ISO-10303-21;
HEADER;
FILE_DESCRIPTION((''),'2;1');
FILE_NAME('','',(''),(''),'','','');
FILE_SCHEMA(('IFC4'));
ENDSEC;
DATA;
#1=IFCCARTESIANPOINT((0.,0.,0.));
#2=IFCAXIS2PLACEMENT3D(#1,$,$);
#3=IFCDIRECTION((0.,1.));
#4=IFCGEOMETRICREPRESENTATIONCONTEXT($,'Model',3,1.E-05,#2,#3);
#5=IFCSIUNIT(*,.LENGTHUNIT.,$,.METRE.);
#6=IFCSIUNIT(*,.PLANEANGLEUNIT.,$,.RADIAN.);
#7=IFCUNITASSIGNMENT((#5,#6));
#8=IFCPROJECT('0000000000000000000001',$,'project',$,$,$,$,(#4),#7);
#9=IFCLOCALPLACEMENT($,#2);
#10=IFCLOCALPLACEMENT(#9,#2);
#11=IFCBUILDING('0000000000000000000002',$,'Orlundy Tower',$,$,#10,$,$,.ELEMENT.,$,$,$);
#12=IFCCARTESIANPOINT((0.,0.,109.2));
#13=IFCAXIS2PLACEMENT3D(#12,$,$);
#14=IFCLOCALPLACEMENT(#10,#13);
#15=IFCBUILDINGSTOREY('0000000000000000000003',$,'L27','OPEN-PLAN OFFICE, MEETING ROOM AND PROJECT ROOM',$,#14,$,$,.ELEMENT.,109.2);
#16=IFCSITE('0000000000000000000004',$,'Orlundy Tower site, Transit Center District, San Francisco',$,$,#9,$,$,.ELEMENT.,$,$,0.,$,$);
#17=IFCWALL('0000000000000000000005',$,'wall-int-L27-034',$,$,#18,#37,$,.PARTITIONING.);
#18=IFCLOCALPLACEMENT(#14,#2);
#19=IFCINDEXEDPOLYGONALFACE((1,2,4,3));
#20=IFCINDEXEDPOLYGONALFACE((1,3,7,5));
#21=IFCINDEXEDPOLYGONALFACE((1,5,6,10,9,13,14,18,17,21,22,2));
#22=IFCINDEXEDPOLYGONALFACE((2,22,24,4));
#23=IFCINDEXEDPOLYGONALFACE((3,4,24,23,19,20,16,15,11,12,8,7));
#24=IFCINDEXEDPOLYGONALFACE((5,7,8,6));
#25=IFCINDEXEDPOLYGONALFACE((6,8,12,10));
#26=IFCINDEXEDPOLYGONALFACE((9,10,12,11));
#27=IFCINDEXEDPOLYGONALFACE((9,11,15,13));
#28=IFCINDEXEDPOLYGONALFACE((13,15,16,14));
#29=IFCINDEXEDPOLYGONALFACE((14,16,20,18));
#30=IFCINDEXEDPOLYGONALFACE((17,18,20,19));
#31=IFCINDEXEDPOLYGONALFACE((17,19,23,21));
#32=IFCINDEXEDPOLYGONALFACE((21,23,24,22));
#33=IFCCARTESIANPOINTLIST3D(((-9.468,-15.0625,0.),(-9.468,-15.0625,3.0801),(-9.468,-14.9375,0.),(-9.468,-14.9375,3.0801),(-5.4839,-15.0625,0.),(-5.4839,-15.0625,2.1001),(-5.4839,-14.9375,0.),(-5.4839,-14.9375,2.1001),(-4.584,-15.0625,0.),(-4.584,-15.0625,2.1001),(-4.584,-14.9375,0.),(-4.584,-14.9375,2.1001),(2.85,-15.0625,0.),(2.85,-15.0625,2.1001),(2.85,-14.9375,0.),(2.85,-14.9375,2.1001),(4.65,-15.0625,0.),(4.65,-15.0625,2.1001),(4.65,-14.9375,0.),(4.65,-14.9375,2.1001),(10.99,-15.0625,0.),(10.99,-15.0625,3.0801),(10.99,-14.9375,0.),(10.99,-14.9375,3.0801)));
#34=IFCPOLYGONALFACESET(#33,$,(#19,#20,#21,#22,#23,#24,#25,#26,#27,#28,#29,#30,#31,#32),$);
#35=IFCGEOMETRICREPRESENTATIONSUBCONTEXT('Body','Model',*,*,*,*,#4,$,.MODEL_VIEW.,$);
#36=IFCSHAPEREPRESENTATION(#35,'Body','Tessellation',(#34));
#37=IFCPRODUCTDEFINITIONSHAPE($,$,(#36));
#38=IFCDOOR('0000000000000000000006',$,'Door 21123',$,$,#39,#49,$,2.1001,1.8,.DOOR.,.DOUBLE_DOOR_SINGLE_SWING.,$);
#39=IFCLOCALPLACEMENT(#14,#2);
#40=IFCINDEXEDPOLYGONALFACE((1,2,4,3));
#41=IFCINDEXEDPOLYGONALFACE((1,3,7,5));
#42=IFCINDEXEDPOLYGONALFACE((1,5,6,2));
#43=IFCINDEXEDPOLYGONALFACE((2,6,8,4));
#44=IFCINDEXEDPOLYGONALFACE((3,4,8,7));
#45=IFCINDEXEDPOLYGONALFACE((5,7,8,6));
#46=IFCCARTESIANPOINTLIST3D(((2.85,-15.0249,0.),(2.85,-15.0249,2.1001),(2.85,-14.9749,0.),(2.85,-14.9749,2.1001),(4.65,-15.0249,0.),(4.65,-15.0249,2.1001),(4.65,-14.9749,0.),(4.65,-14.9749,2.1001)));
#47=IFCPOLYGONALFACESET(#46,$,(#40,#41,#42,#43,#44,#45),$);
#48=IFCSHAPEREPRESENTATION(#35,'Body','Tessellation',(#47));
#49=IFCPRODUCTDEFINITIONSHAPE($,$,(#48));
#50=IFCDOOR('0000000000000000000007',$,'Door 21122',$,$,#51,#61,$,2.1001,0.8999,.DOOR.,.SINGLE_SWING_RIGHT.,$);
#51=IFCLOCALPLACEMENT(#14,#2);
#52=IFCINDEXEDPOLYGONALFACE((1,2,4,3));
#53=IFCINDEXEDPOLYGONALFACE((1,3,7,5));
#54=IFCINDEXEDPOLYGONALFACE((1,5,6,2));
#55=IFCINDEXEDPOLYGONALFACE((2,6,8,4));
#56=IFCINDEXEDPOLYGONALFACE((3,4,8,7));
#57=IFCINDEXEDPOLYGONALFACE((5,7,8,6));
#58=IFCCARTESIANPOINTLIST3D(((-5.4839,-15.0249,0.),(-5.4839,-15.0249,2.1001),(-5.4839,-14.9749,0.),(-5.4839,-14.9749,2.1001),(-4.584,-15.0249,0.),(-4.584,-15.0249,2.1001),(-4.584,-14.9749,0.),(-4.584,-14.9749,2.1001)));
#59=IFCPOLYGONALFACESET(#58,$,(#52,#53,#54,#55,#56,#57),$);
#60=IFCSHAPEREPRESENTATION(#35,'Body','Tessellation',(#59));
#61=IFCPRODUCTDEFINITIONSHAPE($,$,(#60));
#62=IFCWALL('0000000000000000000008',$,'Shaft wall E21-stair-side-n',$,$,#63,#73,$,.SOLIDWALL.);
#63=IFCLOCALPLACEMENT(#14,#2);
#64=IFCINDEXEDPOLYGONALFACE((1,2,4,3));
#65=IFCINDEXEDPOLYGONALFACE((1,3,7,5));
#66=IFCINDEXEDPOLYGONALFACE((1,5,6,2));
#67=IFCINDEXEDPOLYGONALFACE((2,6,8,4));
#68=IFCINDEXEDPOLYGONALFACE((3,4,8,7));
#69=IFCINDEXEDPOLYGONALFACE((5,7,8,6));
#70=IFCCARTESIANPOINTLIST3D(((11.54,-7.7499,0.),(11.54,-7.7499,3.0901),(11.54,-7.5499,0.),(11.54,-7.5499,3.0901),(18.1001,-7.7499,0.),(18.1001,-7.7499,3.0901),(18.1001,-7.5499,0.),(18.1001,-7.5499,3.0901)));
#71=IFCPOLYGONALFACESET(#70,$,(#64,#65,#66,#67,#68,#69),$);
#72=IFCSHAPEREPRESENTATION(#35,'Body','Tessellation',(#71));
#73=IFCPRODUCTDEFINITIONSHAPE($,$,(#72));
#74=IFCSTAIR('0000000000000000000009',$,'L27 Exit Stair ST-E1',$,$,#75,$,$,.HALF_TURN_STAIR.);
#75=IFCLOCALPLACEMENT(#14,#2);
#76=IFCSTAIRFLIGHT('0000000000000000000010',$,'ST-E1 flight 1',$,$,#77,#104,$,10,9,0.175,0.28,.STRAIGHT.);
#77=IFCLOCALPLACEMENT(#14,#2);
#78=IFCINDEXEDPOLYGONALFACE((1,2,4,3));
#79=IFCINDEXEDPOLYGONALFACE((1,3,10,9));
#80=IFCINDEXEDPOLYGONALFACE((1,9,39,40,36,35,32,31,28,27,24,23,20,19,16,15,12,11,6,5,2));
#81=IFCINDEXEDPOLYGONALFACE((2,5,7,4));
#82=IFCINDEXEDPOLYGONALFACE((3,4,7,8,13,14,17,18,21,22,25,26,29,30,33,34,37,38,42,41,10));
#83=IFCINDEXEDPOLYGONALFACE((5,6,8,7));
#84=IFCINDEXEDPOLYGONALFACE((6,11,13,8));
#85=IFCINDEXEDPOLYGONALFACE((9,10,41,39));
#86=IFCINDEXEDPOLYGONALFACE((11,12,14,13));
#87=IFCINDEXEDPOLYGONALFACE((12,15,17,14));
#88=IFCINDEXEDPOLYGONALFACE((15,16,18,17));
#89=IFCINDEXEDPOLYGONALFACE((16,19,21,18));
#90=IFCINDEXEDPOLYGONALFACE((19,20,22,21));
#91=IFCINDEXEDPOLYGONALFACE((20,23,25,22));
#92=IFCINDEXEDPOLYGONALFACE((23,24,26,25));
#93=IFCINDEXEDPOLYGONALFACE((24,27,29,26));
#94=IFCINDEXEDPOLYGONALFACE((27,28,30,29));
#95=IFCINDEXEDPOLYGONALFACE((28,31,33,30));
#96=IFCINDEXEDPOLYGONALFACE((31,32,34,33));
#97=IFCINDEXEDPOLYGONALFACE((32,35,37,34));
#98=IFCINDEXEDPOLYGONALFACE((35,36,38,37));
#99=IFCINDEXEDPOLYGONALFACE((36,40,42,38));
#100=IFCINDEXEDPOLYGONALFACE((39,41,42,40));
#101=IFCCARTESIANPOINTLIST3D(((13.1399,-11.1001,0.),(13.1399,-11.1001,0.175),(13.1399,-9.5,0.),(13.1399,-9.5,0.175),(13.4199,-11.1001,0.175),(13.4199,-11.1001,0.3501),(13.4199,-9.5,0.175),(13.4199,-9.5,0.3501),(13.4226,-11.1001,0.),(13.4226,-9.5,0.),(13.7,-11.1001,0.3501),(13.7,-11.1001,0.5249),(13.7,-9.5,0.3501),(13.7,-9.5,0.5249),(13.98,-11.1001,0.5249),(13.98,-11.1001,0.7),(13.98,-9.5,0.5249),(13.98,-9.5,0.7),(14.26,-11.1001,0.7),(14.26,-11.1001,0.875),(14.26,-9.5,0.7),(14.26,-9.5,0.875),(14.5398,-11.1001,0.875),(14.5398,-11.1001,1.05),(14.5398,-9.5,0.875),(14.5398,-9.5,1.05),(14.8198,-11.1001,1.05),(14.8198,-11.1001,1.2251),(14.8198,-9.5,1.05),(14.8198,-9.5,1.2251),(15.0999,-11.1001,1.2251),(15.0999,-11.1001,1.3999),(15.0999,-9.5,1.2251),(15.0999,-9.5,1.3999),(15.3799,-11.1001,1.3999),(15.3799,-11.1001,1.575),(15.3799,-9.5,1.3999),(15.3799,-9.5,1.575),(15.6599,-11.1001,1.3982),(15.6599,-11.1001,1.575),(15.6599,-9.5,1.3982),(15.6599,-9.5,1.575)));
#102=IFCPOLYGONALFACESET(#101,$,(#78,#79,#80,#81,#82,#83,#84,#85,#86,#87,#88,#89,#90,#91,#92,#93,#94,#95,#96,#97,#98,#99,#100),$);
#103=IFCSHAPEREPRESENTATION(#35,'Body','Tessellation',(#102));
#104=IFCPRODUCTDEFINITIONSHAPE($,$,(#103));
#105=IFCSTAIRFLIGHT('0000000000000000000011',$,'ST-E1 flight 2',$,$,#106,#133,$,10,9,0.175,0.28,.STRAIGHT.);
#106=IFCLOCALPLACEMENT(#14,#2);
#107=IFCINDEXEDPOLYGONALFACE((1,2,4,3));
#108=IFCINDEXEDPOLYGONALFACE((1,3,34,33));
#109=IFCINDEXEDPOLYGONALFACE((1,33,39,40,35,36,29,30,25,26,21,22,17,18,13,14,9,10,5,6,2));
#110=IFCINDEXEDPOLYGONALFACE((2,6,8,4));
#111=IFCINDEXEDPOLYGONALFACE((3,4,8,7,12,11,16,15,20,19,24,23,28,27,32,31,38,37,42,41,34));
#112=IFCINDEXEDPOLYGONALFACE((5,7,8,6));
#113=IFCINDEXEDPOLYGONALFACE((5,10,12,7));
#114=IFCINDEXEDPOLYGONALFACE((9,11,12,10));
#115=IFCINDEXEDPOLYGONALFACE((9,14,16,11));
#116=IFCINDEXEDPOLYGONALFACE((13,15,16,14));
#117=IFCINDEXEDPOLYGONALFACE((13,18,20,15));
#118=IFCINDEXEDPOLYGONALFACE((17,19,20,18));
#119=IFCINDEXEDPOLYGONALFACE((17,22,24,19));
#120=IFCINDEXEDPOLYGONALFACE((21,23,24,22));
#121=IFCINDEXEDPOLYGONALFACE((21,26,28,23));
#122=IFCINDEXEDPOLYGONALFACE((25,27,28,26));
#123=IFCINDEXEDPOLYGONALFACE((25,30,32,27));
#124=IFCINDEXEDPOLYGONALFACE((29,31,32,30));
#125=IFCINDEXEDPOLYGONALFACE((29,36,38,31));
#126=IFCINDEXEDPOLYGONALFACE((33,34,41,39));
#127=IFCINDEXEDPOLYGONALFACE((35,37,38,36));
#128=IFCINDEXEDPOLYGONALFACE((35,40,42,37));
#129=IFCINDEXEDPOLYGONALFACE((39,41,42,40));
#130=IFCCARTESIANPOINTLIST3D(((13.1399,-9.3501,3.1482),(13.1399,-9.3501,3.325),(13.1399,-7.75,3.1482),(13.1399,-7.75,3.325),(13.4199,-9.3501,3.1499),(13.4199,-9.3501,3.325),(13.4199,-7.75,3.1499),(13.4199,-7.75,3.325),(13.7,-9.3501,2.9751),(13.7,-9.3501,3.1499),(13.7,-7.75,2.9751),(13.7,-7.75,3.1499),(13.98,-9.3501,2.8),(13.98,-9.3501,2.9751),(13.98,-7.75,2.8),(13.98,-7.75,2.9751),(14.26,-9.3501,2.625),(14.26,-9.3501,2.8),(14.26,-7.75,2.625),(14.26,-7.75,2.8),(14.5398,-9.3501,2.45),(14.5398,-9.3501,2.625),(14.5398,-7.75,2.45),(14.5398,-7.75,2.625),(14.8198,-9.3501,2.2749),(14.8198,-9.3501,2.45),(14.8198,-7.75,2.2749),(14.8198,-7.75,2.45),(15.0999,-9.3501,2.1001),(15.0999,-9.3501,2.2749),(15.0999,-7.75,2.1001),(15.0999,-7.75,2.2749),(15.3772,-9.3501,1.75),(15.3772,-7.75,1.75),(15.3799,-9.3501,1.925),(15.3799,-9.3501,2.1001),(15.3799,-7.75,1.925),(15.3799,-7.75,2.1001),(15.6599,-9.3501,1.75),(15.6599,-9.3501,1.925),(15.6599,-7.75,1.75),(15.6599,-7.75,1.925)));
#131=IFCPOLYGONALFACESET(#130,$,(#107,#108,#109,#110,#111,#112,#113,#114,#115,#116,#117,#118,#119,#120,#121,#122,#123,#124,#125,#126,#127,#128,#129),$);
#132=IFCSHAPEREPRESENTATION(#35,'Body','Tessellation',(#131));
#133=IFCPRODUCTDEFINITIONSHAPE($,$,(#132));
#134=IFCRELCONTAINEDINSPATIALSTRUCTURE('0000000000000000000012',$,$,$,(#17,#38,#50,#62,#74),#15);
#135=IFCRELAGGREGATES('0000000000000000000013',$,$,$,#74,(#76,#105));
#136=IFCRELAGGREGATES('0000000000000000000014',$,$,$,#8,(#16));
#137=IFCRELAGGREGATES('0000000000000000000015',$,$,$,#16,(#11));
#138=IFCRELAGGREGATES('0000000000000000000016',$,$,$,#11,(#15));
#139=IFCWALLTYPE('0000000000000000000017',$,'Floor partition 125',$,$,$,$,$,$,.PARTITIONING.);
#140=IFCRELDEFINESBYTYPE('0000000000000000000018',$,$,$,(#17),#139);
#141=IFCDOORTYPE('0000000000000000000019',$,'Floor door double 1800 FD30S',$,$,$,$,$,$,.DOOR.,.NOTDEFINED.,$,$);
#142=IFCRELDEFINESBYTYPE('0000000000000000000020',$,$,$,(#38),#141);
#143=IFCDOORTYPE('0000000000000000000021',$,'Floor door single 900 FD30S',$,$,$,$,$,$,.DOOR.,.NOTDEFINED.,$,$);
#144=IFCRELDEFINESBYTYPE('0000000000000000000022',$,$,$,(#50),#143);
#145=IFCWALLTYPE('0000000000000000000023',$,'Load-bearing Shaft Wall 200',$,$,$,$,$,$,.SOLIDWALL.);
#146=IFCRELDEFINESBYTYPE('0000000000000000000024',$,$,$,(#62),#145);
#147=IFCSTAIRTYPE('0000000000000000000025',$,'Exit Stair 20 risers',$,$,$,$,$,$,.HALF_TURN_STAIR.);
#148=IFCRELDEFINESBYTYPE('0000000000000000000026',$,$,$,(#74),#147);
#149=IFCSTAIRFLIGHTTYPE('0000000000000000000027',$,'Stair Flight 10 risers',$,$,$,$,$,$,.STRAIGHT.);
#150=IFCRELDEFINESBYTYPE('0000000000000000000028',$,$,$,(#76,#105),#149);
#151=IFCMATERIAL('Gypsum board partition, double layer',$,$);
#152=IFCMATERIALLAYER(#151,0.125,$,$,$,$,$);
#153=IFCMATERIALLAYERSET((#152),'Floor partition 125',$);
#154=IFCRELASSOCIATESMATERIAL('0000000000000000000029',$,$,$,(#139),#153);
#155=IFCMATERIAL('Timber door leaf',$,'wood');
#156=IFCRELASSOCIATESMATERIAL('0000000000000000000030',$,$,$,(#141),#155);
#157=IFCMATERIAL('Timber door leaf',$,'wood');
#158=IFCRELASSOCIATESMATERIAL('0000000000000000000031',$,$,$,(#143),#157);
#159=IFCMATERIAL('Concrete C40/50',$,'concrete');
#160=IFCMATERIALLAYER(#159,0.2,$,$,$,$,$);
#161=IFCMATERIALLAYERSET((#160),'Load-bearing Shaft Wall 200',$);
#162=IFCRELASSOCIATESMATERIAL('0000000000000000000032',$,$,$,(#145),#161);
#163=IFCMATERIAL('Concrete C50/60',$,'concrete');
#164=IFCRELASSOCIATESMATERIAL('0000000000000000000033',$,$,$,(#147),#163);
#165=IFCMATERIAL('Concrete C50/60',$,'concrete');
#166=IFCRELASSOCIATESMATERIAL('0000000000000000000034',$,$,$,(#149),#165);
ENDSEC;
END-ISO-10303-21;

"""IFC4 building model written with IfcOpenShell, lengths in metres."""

from ifc_helpers import new_model, si_unit, direction, frame, frame_2d, origin, place, context, subcontext, project, spatial, polyline, rectangle, outline, extrude, material, layer, layer_set, type_object, element, fill, aggregate, save


model = new_model("IFC4")

# Units and contexts
model_context = context("Model", 3, precision=1e-05, world=origin(), true_north=direction((0.0, 1.0)))
body_context = subcontext(model_context, "Body", "Model", "MODEL_VIEW")
ifc_project = project(units=[si_unit("LENGTHUNIT", "METRE"), si_unit("PLANEANGLEUNIT", "RADIAN")], contexts=[model_context])

# Site, building, storey
site_placement = place(None, origin())
site = spatial("IfcSite", under=ifc_project, at=site_placement, Name="Orlundy Tower site, Transit Center District, San Francisco", CompositionType="ELEMENT", RefElevation=0.0)
building_placement = place(site_placement, origin())
building = spatial("IfcBuilding", under=site, at=building_placement, Name="Orlundy Tower", CompositionType="ELEMENT")
storey_placement = place(building_placement, frame((0.0, 0.0, 109.2)))
storey = spatial("IfcBuildingStorey", under=building, at=storey_placement, Name="L27", Description="OPEN-PLAN OFFICE, MEETING ROOM AND PROJECT ROOM", CompositionType="ELEMENT", Elevation=109.2)

# Wall, openings, doors
ifc_material_1 = material(Name="Gypsum board partition, double layer")
ifc_layer_1 = layer(ifc_material_1, 0.125)
ifc_layer_set_1 = layer_set([ifc_layer_1], Name="Floor partition 125")
wall_type_1 = type_object("IfcWallType", Name="Floor partition 125", PredefinedType="PARTITIONING", material=ifc_layer_set_1)
wall_1_placement = place(storey_placement, frame((10.99, -15.0, 0.0), z_axis=(0.0, 0.0, 1.0), x_axis=(-1.0, 0.0, 0.0)))
wall_1 = element("IfcWall", 1, at=wall_1_placement, inside=storey, type_object=wall_type_1, Name="wall-int-L27-034", PredefinedType="PARTITIONING", context=body_context, shape_type="SweptSolid", body=[
    extrude(rectangle(XDim=20.458, YDim=0.125, at=frame_2d((10.229, 0.0))), origin(), (0.0, 0.0, 1.0), 3.0801),
])
opening_1_placement = place(wall_1_placement, frame((15.574, 0.0, 0.0)))
opening_1 = element("IfcOpeningElement", 2, at=opening_1_placement, cuts=wall_1, PredefinedType="OPENING", context=body_context, shape_type="SweptSolid", body=[
    extrude(rectangle(XDim=0.8999, YDim=2.1001, at=frame_2d((0.45, 1.05))), frame((0.0, 0.0725, 0.0), z_axis=(0.0, -1.0, 0.0), x_axis=(1.0, 0.0, 0.0)), (0.0, 0.0, 1.0), 0.145),
])
opening_2_placement = place(wall_1_placement, frame((6.3401, 0.0, 0.0)))
opening_2 = element("IfcOpeningElement", 3, at=opening_2_placement, cuts=wall_1, PredefinedType="OPENING", context=body_context, shape_type="SweptSolid", body=[
    extrude(rectangle(XDim=1.8, YDim=2.1001, at=frame_2d((0.8999, 1.05))), frame((0.0, 0.0725, 0.0), z_axis=(0.0, -1.0, 0.0), x_axis=(1.0, 0.0, 0.0)), (0.0, 0.0, 1.0), 0.145),
])
ifc_material_2 = material(Name="Timber door leaf", Category="wood")
door_type_1 = type_object("IfcDoorType", Name="Floor door double 1800 FD30S", OperationType="NOTDEFINED", PredefinedType="DOOR", material=ifc_material_2)
door_1_placement = place(opening_2_placement, origin())
door_1 = element("IfcDoor", 4, at=door_1_placement, inside=storey, type_object=door_type_1, Name="Door 21123", OperationType="DOUBLE_DOOR_SINGLE_SWING", OverallHeight=2.1001, OverallWidth=1.8, PredefinedType="DOOR", context=body_context, shape_type="SweptSolid", body=[
    extrude(rectangle(XDim=1.8, YDim=2.1001, at=frame_2d((0.8999, 1.05))), frame((0.0, 0.0249, 0.0), z_axis=(0.0, -1.0, 0.0), x_axis=(1.0, 0.0, 0.0)), (0.0, 0.0, 1.0), 0.05),
])
fill(opening_2, door_1)
ifc_material_3 = material(Name="Timber door leaf", Category="wood")
door_type_2 = type_object("IfcDoorType", Name="Floor door single 900 FD30S", OperationType="NOTDEFINED", PredefinedType="DOOR", material=ifc_material_3)
door_2_placement = place(opening_1_placement, origin())
door_2 = element("IfcDoor", 5, at=door_2_placement, inside=storey, type_object=door_type_2, Name="Door 21122", OperationType="SINGLE_SWING_RIGHT", OverallHeight=2.1001, OverallWidth=0.8999, PredefinedType="DOOR", context=body_context, shape_type="SweptSolid", body=[
    extrude(rectangle(XDim=0.8999, YDim=2.1001, at=frame_2d((0.45, 1.05))), frame((0.0, 0.0249, 0.0), z_axis=(0.0, -1.0, 0.0), x_axis=(1.0, 0.0, 0.0)), (0.0, 0.0, 1.0), 0.05),
])
fill(opening_1, door_2)

# Wall
ifc_material_4 = material(Name="Concrete C40/50", Category="concrete")
ifc_layer_2 = layer(ifc_material_4, 0.2)
ifc_layer_set_2 = layer_set([ifc_layer_2], Name="Load-bearing Shaft Wall 200")
wall_type_2 = type_object("IfcWallType", Name="Load-bearing Shaft Wall 200", PredefinedType="SOLIDWALL", material=ifc_layer_set_2)
wall_2_placement = place(storey_placement, frame((11.54, -7.6499, 0.0), z_axis=(0.0, 0.0, 1.0), x_axis=(1.0, 0.0, 0.0)))
element("IfcWall", 6, at=wall_2_placement, inside=storey, type_object=wall_type_2, Name="Shaft wall E21-stair-side-n", PredefinedType="SOLIDWALL", context=body_context, shape_type="SweptSolid", body=[
    extrude(rectangle(XDim=6.5601, YDim=0.2, at=frame_2d((3.28, 0.0))), origin(), (0.0, 0.0, 1.0), 3.0901),
])

# Stair, stair flights
ifc_material_5 = material(Name="Concrete C50/60", Category="concrete")
stair_type = type_object("IfcStairType", Name="Exit Stair 20 risers", PredefinedType="HALF_TURN_STAIR", material=ifc_material_5)
stair_placement = place(storey_placement, origin())
stair = element("IfcStair", 7, at=stair_placement, inside=storey, type_object=stair_type, Name="L27 Exit Stair ST-E1", PredefinedType="HALF_TURN_STAIR")
ifc_material_6 = material(Name="Concrete C50/60", Category="concrete")
stair_flight_type = type_object("IfcStairFlightType", Name="Stair Flight 10 risers", PredefinedType="STRAIGHT", material=ifc_material_6)
stair_flight_1_placement = place(storey_placement, frame((13.1399, -10.3, 0.0), z_axis=(0.0, 0.0, 1.0), x_axis=(1.0, 0.0, 0.0)))
stair_flight_1 = element("IfcStairFlight", 8, at=stair_flight_1_placement, type_object=stair_flight_type, Name="ST-E1 flight 1", NumberOfRisers=10, NumberOfTreads=9, PredefinedType="STRAIGHT", RiserHeight=0.175, TreadLength=0.28, context=body_context, shape_type="SweptSolid", body=[
    extrude(outline(polyline([(0.0, 0.0), (0.0, 0.175), (0.28, 0.175), (0.28, 0.3501), (0.5601, 0.3501), (0.5601, 0.5249), (0.8401, 0.5249), (0.8401, 0.7), (1.1201, 0.7), (1.1201, 0.875), (1.3999, 0.875), (1.3999, 1.05), (1.6799, 1.05), (1.6799, 1.2251), (1.96, 1.2251), (1.96, 1.3999), (2.24, 1.3999), (2.24, 1.575), (2.52, 1.575), (2.52, 1.75), (2.52, 1.3982), (0.2827, 0.0), (0.0, 0.0)])), frame((0.0, 0.8, 0.0), z_axis=(0.0, -1.0, 0.0), x_axis=(1.0, 0.0, 0.0)), (0.0, 0.0, 1.0), 1.6001),
])
stair_flight_2_placement = place(storey_placement, frame((15.6599, -8.55, 1.75), z_axis=(0.0, 0.0, 1.0), x_axis=(-1.0, 0.0, 0.0)))
stair_flight_2 = element("IfcStairFlight", 9, at=stair_flight_2_placement, type_object=stair_flight_type, Name="ST-E1 flight 2", NumberOfRisers=10, NumberOfTreads=9, PredefinedType="STRAIGHT", RiserHeight=0.175, TreadLength=0.28, context=body_context, shape_type="SweptSolid", body=[
    extrude(outline(polyline([(0.0, 0.0), (0.0, 0.175), (0.28, 0.175), (0.28, 0.3501), (0.5601, 0.3501), (0.5601, 0.5249), (0.8401, 0.5249), (0.8401, 0.7), (1.1201, 0.7), (1.1201, 0.875), (1.3999, 0.875), (1.3999, 1.05), (1.6799, 1.05), (1.6799, 1.2251), (1.96, 1.2251), (1.96, 1.3999), (2.24, 1.3999), (2.24, 1.575), (2.52, 1.575), (2.52, 1.75), (2.52, 1.3982), (0.2827, 0.0), (0.0, 0.0)])), frame((0.0, 0.8, 0.0), z_axis=(0.0, -1.0, 0.0), x_axis=(1.0, 0.0, 0.0)), (0.0, 0.0, 1.0), 1.6001),
])
aggregate(stair, [stair_flight_1, stair_flight_2])

save(model, "model.ifc")
